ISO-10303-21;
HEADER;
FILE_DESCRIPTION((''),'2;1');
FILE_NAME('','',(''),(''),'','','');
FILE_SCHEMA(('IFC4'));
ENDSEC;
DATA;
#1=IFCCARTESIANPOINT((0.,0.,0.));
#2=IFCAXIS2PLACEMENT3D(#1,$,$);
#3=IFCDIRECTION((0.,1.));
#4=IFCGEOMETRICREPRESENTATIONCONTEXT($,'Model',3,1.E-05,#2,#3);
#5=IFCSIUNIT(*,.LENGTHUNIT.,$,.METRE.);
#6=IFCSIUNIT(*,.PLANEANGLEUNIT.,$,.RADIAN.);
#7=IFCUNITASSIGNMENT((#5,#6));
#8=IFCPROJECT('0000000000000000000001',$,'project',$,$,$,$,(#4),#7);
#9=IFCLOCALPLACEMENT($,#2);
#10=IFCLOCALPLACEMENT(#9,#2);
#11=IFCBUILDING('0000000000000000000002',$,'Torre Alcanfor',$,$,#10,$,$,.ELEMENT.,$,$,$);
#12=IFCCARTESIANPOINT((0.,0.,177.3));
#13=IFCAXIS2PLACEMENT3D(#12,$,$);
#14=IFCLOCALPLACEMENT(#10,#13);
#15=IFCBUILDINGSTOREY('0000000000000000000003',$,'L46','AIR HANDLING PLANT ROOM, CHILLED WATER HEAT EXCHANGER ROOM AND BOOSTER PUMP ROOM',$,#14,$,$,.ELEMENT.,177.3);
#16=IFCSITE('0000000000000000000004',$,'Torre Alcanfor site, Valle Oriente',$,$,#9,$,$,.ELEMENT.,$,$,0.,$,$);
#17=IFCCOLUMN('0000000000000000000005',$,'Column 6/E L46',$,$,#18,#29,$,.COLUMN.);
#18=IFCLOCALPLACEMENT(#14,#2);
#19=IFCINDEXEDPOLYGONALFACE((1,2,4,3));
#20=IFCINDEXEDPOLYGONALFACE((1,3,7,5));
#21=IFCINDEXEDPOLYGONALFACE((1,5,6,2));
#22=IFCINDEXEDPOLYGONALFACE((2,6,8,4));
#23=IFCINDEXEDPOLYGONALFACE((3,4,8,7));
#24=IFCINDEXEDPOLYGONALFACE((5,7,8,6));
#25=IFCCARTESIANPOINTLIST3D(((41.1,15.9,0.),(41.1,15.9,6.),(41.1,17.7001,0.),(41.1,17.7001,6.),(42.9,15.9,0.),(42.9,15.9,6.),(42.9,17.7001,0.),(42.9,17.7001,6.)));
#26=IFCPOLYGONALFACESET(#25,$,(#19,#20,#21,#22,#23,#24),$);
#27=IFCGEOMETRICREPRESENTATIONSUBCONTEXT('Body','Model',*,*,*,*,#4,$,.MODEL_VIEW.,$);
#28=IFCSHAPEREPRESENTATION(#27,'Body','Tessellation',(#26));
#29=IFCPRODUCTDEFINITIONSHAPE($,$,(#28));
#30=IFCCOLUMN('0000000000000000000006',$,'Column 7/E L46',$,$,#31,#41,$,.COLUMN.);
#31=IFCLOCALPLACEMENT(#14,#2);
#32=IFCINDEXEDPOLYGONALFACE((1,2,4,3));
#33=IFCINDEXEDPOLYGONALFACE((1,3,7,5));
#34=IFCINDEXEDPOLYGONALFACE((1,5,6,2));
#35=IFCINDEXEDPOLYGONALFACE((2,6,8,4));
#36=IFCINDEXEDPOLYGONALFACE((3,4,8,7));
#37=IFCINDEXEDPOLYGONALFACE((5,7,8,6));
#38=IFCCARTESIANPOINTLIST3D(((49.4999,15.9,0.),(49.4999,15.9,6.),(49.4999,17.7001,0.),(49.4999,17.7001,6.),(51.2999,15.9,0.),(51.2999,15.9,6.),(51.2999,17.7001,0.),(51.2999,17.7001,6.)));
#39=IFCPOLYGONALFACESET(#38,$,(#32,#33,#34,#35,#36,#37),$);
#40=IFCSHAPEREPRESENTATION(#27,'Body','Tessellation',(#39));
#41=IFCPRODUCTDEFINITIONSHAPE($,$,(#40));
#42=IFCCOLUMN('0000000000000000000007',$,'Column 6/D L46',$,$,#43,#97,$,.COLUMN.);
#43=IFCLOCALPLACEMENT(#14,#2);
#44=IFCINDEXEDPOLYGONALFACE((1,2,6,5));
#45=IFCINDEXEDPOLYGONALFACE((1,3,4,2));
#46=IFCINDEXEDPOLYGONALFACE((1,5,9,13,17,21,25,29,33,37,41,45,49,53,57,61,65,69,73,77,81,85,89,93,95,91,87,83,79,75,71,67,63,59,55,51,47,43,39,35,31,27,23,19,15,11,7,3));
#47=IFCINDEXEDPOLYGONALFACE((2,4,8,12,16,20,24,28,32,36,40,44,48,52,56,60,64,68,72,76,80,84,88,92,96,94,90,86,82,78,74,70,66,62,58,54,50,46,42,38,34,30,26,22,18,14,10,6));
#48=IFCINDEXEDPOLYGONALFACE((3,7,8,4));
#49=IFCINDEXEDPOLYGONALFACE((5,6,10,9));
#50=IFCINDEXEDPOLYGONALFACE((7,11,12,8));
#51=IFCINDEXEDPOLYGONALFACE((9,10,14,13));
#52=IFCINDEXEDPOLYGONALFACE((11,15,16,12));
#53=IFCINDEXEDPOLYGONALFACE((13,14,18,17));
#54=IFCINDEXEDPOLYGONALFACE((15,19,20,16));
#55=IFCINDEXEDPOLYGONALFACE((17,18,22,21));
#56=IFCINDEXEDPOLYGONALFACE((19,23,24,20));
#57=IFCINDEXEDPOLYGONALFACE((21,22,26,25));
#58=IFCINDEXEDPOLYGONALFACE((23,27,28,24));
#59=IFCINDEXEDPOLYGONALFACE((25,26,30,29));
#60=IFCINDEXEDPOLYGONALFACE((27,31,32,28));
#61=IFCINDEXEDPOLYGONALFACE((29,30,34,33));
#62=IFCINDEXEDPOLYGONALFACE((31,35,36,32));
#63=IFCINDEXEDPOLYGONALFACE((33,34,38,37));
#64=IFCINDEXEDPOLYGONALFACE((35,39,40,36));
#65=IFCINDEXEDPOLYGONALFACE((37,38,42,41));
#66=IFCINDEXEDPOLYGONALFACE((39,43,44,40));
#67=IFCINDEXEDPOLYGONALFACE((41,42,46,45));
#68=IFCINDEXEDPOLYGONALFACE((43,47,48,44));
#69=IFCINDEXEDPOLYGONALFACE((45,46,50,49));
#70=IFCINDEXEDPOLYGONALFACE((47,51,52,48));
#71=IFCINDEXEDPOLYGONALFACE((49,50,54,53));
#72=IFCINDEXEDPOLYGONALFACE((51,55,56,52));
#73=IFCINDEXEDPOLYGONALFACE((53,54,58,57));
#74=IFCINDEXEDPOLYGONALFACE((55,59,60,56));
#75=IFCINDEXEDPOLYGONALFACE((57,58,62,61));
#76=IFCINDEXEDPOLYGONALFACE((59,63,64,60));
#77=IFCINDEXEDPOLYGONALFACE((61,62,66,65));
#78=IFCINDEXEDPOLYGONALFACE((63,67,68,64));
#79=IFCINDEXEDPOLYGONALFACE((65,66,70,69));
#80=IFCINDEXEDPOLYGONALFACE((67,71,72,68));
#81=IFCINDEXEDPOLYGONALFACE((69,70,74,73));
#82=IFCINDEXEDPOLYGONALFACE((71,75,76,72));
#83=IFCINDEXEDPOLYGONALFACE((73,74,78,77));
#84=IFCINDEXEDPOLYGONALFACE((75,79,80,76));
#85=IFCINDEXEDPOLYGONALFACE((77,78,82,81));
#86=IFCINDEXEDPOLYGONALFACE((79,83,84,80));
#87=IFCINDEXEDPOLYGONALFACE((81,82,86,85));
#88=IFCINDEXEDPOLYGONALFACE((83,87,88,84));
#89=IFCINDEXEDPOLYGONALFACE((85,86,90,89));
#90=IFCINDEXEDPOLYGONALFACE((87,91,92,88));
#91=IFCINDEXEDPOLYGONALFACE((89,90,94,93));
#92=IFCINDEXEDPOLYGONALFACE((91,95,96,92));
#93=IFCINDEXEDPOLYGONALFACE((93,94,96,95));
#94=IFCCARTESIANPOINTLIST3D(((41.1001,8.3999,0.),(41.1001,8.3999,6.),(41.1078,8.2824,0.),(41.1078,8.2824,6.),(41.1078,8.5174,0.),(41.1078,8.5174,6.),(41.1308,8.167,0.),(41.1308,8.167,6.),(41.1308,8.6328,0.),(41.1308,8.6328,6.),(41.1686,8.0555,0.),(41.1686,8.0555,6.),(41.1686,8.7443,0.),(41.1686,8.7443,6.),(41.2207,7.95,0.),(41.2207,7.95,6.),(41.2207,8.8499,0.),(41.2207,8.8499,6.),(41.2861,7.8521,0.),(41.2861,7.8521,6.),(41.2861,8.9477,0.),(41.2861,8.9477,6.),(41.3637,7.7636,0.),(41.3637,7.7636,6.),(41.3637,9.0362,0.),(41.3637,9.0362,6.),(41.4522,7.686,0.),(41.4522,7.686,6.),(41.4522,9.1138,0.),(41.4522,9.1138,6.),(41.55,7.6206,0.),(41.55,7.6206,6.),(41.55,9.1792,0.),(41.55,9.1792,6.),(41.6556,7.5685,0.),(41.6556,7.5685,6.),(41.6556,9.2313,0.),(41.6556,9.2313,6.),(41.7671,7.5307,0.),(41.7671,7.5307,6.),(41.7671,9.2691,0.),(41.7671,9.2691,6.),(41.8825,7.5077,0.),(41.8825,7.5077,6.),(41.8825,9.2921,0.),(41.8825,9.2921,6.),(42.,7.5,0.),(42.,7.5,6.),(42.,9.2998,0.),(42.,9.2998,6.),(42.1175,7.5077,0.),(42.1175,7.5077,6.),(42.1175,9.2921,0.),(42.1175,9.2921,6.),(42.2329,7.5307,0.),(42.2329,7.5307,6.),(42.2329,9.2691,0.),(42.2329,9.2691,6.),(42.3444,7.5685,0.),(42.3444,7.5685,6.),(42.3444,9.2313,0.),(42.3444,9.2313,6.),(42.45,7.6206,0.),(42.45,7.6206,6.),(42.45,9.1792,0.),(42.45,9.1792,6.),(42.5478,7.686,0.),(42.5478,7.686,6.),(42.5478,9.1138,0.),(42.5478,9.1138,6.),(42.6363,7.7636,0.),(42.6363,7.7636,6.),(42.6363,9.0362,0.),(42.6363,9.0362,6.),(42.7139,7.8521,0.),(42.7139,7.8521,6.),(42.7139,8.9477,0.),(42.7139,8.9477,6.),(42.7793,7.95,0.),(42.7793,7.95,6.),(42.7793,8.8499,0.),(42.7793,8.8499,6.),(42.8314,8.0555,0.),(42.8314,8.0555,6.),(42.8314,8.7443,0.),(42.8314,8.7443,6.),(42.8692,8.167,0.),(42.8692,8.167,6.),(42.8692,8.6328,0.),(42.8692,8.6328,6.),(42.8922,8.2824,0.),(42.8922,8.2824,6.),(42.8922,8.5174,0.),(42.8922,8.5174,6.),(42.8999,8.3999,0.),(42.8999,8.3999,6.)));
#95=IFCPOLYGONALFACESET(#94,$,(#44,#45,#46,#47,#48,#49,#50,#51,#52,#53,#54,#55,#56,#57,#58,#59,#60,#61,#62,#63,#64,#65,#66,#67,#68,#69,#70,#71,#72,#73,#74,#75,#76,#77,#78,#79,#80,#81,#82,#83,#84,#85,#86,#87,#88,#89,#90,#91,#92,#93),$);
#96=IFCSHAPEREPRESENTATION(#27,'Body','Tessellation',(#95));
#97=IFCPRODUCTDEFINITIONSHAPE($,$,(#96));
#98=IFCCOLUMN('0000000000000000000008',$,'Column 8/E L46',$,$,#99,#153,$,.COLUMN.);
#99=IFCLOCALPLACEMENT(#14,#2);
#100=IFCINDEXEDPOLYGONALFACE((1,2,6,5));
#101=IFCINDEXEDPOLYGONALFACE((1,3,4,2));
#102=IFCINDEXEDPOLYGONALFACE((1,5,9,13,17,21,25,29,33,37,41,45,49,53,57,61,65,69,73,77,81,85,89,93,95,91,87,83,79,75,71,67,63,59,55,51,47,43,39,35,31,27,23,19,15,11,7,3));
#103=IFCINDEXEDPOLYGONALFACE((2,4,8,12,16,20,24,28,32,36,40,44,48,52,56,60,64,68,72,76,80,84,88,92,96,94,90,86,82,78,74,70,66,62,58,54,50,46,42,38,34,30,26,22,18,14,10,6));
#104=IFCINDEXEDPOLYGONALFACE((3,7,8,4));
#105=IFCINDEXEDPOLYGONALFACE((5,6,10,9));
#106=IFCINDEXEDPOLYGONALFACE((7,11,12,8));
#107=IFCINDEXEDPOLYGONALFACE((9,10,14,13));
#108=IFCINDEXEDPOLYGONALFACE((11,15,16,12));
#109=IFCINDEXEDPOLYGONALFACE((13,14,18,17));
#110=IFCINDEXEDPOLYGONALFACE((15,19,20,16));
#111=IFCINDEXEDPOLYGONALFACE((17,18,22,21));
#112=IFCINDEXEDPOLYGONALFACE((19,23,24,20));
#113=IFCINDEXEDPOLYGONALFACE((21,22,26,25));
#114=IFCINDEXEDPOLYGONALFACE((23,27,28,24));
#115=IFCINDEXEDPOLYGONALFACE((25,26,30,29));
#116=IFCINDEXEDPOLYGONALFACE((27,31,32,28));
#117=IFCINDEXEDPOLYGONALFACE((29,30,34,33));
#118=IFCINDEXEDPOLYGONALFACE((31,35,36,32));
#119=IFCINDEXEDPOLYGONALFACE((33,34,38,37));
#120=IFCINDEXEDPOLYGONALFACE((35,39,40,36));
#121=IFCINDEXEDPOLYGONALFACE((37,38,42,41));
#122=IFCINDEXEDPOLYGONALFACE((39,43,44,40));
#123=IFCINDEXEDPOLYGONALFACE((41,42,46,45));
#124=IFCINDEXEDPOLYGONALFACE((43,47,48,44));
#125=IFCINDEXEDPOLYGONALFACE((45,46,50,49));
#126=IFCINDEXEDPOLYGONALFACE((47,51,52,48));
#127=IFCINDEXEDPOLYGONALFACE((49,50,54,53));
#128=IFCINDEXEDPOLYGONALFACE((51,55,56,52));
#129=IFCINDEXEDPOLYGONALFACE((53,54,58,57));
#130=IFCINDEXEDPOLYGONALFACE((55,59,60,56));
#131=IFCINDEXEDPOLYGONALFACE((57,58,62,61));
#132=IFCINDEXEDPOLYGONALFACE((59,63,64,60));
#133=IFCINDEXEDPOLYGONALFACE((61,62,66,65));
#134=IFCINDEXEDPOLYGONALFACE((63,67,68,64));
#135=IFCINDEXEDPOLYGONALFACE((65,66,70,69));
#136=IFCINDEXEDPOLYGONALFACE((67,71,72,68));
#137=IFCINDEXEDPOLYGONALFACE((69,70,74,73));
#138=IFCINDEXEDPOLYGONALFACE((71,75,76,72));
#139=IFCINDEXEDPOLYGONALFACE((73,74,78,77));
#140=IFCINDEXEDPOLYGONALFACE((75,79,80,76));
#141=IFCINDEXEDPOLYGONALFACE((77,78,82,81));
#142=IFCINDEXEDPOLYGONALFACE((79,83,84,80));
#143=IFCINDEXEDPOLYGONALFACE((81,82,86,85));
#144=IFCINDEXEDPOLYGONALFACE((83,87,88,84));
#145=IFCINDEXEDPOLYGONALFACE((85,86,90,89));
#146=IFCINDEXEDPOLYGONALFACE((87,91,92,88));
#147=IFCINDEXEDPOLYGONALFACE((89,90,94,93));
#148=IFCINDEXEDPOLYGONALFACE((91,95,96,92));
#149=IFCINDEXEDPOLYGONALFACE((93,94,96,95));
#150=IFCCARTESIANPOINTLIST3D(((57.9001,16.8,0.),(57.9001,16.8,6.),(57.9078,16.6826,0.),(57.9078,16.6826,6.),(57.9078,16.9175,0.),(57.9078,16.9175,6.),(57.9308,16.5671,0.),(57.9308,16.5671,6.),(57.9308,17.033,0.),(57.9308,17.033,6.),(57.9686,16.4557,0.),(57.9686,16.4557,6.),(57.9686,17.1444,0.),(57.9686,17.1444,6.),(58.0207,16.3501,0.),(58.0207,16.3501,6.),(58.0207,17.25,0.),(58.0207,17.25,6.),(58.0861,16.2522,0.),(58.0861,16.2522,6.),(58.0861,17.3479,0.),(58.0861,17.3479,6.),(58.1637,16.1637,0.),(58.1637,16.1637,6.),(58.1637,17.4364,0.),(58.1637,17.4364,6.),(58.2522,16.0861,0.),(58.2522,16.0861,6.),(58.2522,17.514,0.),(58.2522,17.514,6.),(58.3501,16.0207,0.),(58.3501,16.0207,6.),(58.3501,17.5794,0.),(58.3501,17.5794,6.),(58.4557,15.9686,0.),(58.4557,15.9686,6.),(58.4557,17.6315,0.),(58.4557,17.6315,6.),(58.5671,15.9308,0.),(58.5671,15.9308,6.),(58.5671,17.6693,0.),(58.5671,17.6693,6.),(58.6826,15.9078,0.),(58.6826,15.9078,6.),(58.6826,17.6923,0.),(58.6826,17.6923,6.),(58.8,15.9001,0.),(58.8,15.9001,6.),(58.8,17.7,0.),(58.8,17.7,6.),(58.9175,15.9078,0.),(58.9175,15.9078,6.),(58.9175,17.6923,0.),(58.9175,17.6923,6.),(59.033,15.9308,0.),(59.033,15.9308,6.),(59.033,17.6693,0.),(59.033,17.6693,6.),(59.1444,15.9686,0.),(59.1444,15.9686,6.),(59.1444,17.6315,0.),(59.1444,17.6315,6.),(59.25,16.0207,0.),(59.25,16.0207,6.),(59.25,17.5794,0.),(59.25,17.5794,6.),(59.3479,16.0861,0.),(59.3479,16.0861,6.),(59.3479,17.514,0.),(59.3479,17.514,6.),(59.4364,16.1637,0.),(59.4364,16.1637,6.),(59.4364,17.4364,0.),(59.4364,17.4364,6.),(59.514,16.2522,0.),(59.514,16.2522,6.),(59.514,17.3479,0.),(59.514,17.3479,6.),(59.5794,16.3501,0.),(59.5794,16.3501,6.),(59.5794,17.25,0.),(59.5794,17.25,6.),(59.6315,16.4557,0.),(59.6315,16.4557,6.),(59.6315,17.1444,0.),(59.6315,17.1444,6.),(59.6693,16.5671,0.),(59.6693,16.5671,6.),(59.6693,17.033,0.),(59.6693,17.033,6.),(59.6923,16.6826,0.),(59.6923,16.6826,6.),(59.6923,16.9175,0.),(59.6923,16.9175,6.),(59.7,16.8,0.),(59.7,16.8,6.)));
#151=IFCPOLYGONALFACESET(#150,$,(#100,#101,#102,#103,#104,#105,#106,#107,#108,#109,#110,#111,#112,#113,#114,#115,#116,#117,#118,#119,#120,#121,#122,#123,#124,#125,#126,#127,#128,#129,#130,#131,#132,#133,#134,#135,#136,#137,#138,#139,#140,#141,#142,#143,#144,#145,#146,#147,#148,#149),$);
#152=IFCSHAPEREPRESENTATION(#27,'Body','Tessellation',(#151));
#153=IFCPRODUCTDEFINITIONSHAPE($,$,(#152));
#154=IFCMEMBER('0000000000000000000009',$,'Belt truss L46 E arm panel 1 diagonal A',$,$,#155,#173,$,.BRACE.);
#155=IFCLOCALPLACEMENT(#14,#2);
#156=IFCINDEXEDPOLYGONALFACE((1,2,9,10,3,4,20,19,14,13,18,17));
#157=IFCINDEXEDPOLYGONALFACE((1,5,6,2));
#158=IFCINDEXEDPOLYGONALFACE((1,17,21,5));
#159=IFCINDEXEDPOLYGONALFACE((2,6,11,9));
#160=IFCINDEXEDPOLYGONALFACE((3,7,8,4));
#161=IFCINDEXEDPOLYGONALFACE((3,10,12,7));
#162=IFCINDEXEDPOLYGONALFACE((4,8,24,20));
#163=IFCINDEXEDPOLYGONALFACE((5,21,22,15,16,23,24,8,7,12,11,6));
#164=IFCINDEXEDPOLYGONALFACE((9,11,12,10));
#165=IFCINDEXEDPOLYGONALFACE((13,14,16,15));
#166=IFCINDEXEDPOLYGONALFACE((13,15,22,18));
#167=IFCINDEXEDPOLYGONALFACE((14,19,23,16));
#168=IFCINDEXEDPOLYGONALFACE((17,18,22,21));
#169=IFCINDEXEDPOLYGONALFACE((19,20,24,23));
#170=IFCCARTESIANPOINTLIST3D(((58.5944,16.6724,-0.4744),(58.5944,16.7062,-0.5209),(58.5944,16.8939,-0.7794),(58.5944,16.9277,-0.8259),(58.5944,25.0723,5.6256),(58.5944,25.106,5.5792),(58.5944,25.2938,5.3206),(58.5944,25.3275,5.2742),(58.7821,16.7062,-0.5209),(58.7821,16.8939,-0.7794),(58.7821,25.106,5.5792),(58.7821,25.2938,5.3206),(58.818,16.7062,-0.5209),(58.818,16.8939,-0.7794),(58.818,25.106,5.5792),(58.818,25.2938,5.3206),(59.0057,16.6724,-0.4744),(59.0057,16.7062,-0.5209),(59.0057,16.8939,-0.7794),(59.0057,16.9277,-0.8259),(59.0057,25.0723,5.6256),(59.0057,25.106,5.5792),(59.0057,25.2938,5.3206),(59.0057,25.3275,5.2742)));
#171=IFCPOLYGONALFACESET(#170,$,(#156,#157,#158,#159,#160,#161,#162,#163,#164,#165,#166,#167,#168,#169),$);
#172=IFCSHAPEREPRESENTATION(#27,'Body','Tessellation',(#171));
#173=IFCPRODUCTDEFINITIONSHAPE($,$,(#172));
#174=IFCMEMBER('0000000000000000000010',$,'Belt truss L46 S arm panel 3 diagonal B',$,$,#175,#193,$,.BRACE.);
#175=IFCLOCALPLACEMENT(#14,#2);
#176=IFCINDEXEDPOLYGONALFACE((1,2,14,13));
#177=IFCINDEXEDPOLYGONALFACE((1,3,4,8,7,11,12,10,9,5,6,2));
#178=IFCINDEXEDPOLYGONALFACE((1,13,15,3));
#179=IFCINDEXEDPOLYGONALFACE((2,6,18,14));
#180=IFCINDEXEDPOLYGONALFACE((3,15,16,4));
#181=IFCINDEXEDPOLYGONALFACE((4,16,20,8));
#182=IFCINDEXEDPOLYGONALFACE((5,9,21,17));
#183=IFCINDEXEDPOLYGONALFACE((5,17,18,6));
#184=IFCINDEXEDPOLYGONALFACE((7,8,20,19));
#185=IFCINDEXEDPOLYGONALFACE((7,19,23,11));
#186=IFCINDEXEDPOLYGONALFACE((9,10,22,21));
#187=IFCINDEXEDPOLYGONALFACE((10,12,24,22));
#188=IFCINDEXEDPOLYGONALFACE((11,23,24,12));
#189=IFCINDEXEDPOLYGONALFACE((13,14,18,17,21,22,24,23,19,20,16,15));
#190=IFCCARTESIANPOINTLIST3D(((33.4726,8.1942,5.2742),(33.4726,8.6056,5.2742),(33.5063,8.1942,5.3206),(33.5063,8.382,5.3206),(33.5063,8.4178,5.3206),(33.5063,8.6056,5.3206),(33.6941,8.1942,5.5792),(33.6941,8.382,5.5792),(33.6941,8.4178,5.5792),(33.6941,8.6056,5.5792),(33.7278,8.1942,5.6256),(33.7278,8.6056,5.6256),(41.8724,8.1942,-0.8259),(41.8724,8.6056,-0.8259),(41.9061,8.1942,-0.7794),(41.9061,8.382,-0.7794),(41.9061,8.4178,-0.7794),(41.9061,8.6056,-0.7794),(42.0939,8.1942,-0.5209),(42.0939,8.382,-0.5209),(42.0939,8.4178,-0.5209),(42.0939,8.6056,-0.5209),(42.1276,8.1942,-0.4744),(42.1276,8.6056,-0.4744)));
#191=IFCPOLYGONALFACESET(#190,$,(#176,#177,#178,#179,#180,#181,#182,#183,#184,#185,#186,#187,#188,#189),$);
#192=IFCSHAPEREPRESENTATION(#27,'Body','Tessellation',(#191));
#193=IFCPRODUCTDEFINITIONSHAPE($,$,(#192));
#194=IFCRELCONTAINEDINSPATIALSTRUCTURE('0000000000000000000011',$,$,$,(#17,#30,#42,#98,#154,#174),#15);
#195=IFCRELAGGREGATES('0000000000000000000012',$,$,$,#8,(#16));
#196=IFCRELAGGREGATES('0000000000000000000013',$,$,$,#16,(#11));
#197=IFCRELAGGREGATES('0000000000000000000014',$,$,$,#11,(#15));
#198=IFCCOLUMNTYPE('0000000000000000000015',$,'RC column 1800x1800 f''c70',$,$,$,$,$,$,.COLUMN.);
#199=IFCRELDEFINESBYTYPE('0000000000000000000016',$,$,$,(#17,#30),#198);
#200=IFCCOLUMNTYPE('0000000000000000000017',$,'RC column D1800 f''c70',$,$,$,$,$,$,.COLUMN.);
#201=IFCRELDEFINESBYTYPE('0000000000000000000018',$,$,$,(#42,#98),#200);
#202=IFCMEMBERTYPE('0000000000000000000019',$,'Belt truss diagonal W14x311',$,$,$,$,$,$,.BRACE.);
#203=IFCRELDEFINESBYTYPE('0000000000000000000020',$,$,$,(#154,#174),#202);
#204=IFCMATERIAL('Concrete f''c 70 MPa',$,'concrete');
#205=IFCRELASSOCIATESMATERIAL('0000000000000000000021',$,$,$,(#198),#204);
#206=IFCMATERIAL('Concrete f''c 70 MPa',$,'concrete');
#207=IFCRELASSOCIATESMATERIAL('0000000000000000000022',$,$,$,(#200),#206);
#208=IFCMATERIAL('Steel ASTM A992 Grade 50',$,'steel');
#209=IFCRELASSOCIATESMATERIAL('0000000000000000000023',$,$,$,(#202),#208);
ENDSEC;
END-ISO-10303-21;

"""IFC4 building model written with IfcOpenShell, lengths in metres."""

from ifc_helpers import new_model, si_unit, direction, frame, origin, origin_2d, place, context, subcontext, project, spatial, rectangle, circle, i_section, extrude, material, material_profile, profile_set, type_object, element, save


model = new_model("IFC4")

# Units and contexts
model_context = context("Model", 3, precision=1e-05, world=origin(), true_north=direction((0.0, 1.0)))
body_context = subcontext(model_context, "Body", "Model", "MODEL_VIEW")
ifc_project = project(units=[si_unit("LENGTHUNIT", "METRE"), si_unit("PLANEANGLEUNIT", "RADIAN")], contexts=[model_context])

# Site, building, storey
site_placement = place(None, origin())
site = spatial("IfcSite", under=ifc_project, at=site_placement, Name="Torre Alcanfor site, Valle Oriente", CompositionType="ELEMENT", RefElevation=0.0)
building_placement = place(site_placement, origin())
building = spatial("IfcBuilding", under=site, at=building_placement, Name="Torre Alcanfor", CompositionType="ELEMENT")
storey_placement = place(building_placement, frame((0.0, 0.0, 177.3)))
storey = spatial("IfcBuildingStorey", under=building, at=storey_placement, Name="L46", Description="AIR HANDLING PLANT ROOM, CHILLED WATER HEAT EXCHANGER ROOM AND BOOSTER PUMP ROOM", CompositionType="ELEMENT", Elevation=177.3)

# Columns
ifc_material_1 = material(Name="Concrete f'c 70 MPa", Category="concrete")
ifc_material_profile_1 = material_profile(ifc_material_1, rectangle(XDim=1.8, YDim=1.8, at=origin_2d()), Name="1800x1800")
ifc_profile_set_1 = profile_set([ifc_material_profile_1], Name="Concrete f'c 70 MPa")
column_type_1 = type_object("IfcColumnType", Name="RC column 1800x1800 f'c70", PredefinedType="COLUMN", material=ifc_profile_set_1)
for number, where, z_axis, x_axis, name in (
    (1, (42.0, 16.8, 0.0), (0.0, 0.0, 1.0), (1.0, 0.0, 0.0), "Column 6/E L46"),
    (2, (50.3999, 16.8, 0.0), (0.0, 0.0, 1.0), (1.0, 0.0, 0.0), "Column 7/E L46"),
):
    element("IfcColumn", number, at=place(storey_placement, frame(where, z_axis=z_axis, x_axis=x_axis)), inside=storey, type_object=column_type_1, Name=name, PredefinedType="COLUMN", context=body_context, shape_type="SweptSolid", body=[
        extrude(rectangle(XDim=1.8, YDim=1.8, at=origin_2d()), origin(), (0.0, 0.0, 1.0), 6.0),
    ])
ifc_material_2 = material(Name="Concrete f'c 70 MPa", Category="concrete")
ifc_material_profile_2 = material_profile(ifc_material_2, circle(Radius=0.8999, at=origin_2d()), Name="D1800")
ifc_profile_set_2 = profile_set([ifc_material_profile_2], Name="Concrete f'c 70 MPa")
column_type_2 = type_object("IfcColumnType", Name="RC column D1800 f'c70", PredefinedType="COLUMN", material=ifc_profile_set_2)
for number, where, z_axis, x_axis, name in (
    (3, (42.0, 8.3999, 0.0), (0.0, 0.0, 1.0), (1.0, 0.0, 0.0), "Column 6/D L46"),
    (4, (58.8, 16.8, 0.0), (0.0, 0.0, 1.0), (1.0, 0.0, 0.0), "Column 8/E L46"),
):
    element("IfcColumn", number, at=place(storey_placement, frame(where, z_axis=z_axis, x_axis=x_axis)), inside=storey, type_object=column_type_2, Name=name, PredefinedType="COLUMN", context=body_context, shape_type="SweptSolid", body=[
        extrude(circle(Radius=0.8999, at=origin_2d()), origin(), (0.0, 0.0, 1.0), 6.0),
    ])

# Members
ifc_material_3 = material(Name="Steel ASTM A992 Grade 50", Category="steel")
ifc_material_profile_3 = material_profile(ifc_material_3, i_section(OverallWidth=0.4114, OverallDepth=0.4343, WebThickness=0.0359, FlangeThickness=0.0574, at=origin_2d()), Name="W14x311")
ifc_profile_set_3 = profile_set([ifc_material_profile_3], Name="Steel ASTM A992 Grade 50")
member_type_1 = type_object("IfcMemberType", Name="Belt truss diagonal W14x311", PredefinedType="BRACE", material=ifc_profile_set_3)
for number, where, z_axis, x_axis, name in (
    (5, (58.8, 16.8, -0.6501), (0.0, 0.809145, 0.587609), (-1.0, 0.0, 0.0), "Belt truss L46 E arm panel 1 diagonal A"),
    (6, (42.0, 8.3999, -0.6501), (-0.809145, 0.0, 0.587609), (0.0, -1.0, 0.0), "Belt truss L46 S arm panel 3 diagonal B"),
):
    element("IfcMember", number, at=place(storey_placement, frame(where, z_axis=z_axis, x_axis=x_axis)), inside=storey, type_object=member_type_1, Name=name, PredefinedType="BRACE", context=body_context, shape_type="SweptSolid", body=[
        extrude(i_section(OverallWidth=0.4114, OverallDepth=0.4343, WebThickness=0.0359, FlangeThickness=0.0574, at=origin_2d()), origin(), (0.0, 0.0, 1.0), 10.3811),
    ])

save(model, "model.ifc")
